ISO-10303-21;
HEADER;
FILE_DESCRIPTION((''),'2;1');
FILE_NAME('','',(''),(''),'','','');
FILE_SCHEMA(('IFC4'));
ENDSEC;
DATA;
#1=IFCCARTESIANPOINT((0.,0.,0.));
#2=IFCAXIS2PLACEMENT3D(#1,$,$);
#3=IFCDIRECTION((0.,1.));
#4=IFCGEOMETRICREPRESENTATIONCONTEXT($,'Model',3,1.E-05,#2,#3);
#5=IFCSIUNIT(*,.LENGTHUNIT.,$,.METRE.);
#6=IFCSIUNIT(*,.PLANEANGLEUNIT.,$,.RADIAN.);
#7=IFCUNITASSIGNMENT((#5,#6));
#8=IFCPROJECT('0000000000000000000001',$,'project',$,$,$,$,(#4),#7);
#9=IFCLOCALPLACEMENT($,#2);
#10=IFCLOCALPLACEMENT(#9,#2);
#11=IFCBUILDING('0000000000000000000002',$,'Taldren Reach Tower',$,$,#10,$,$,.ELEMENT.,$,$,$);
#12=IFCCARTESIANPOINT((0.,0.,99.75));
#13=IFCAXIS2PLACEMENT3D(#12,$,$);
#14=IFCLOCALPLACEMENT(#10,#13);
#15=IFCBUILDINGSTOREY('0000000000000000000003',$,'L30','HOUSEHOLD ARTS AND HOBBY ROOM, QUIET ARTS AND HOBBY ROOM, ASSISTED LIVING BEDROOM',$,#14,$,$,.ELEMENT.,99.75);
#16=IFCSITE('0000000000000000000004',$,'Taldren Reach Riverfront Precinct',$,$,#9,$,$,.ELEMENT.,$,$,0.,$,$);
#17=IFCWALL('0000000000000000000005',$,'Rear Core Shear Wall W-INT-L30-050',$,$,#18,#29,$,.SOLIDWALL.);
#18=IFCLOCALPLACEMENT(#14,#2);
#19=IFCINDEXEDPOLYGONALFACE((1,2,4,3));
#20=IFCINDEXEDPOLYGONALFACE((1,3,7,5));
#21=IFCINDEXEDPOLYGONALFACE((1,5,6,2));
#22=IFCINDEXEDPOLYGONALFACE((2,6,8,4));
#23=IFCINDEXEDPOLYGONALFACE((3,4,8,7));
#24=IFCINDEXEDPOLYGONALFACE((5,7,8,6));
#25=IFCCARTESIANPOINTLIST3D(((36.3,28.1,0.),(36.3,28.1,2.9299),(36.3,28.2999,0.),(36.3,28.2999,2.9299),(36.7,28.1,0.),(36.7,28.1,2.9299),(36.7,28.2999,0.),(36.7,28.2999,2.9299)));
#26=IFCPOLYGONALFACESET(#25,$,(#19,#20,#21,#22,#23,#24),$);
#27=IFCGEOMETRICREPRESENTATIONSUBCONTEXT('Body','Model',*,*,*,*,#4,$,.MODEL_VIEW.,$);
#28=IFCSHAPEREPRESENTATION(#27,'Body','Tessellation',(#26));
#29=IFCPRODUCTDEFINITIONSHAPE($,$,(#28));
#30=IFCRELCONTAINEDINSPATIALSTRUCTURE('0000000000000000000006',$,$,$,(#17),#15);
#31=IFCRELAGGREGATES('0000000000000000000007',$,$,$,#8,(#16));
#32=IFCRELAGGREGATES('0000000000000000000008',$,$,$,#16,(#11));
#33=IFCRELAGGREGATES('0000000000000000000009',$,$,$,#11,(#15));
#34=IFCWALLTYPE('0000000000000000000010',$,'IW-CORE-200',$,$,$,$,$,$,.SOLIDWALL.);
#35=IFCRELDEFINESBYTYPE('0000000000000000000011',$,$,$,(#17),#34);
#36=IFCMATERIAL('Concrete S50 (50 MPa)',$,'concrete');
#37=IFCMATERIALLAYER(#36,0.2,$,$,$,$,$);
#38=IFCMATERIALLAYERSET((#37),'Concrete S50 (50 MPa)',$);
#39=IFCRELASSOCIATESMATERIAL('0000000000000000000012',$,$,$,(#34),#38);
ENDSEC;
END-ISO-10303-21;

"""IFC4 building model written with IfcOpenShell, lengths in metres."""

from ifc_helpers import new_model, si_unit, direction, frame, frame_2d, origin, place, context, subcontext, project, spatial, rectangle, extrude, source, transform, mapped, material, layer, layer_set, type_object, element, save


model = new_model("IFC4")

# Units and contexts
model_context = context("Model", 3, precision=1e-05, world=origin(), true_north=direction((0.0, 1.0)))
body_context = subcontext(model_context, "Body", "Model", "MODEL_VIEW")
ifc_project = project(units=[si_unit("LENGTHUNIT", "METRE"), si_unit("PLANEANGLEUNIT", "RADIAN")], contexts=[model_context])

# Site, building, storey
site_placement = place(None, origin())
site = spatial("IfcSite", under=ifc_project, at=site_placement, Name="Taldren Reach Riverfront Precinct", CompositionType="ELEMENT", RefElevation=0.0)
building_placement = place(site_placement, origin())
building = spatial("IfcBuilding", under=site, at=building_placement, Name="Taldren Reach Tower", CompositionType="ELEMENT")
storey_placement = place(building_placement, frame((0.0, 0.0, 99.75)))
storey = spatial("IfcBuildingStorey", under=building, at=storey_placement, Name="L30", Description="HOUSEHOLD ARTS AND HOBBY ROOM, QUIET ARTS AND HOBBY ROOM, ASSISTED LIVING BEDROOM", CompositionType="ELEMENT", Elevation=99.75)

# Shared definitions
ifc_material_1 = material(Name="Concrete S50 (50 MPa)", Category="concrete")
ifc_layer_1 = layer(ifc_material_1, 0.2)
ifc_layer_set_1 = layer_set([ifc_layer_1], Name="Concrete S50 (50 MPa)")
wall_type_1 = type_object("IfcWallType", Name="IW-CORE-200", PredefinedType="SOLIDWALL", material=ifc_layer_set_1)

# Wall
shared_shape_1 = source(origin(), body_context, "Body", "SweptSolid", [
    extrude(rectangle(XDim=0.3999, YDim=0.2, at=frame_2d((0.2, 0.0))), origin(), (0.0, 0.0, 1.0), 2.9299),
])
wall_1_placement = place(storey_placement, frame((36.7, 28.2, 0.0), z_axis=(0.0, 0.0, 1.0), x_axis=(-1.0, 0.0, 0.0)))
element("IfcWall", 1, at=wall_1_placement, inside=storey, type_object=wall_type_1, Name="Rear Core Shear Wall W-INT-L30-050", PredefinedType="SOLIDWALL", context=body_context, shape_type="MappedRepresentation", body=[
    mapped(shared_shape_1, transform((0.0, 0.0, 0.0), scale=1.0)),
])

save(model, "model.ifc")
